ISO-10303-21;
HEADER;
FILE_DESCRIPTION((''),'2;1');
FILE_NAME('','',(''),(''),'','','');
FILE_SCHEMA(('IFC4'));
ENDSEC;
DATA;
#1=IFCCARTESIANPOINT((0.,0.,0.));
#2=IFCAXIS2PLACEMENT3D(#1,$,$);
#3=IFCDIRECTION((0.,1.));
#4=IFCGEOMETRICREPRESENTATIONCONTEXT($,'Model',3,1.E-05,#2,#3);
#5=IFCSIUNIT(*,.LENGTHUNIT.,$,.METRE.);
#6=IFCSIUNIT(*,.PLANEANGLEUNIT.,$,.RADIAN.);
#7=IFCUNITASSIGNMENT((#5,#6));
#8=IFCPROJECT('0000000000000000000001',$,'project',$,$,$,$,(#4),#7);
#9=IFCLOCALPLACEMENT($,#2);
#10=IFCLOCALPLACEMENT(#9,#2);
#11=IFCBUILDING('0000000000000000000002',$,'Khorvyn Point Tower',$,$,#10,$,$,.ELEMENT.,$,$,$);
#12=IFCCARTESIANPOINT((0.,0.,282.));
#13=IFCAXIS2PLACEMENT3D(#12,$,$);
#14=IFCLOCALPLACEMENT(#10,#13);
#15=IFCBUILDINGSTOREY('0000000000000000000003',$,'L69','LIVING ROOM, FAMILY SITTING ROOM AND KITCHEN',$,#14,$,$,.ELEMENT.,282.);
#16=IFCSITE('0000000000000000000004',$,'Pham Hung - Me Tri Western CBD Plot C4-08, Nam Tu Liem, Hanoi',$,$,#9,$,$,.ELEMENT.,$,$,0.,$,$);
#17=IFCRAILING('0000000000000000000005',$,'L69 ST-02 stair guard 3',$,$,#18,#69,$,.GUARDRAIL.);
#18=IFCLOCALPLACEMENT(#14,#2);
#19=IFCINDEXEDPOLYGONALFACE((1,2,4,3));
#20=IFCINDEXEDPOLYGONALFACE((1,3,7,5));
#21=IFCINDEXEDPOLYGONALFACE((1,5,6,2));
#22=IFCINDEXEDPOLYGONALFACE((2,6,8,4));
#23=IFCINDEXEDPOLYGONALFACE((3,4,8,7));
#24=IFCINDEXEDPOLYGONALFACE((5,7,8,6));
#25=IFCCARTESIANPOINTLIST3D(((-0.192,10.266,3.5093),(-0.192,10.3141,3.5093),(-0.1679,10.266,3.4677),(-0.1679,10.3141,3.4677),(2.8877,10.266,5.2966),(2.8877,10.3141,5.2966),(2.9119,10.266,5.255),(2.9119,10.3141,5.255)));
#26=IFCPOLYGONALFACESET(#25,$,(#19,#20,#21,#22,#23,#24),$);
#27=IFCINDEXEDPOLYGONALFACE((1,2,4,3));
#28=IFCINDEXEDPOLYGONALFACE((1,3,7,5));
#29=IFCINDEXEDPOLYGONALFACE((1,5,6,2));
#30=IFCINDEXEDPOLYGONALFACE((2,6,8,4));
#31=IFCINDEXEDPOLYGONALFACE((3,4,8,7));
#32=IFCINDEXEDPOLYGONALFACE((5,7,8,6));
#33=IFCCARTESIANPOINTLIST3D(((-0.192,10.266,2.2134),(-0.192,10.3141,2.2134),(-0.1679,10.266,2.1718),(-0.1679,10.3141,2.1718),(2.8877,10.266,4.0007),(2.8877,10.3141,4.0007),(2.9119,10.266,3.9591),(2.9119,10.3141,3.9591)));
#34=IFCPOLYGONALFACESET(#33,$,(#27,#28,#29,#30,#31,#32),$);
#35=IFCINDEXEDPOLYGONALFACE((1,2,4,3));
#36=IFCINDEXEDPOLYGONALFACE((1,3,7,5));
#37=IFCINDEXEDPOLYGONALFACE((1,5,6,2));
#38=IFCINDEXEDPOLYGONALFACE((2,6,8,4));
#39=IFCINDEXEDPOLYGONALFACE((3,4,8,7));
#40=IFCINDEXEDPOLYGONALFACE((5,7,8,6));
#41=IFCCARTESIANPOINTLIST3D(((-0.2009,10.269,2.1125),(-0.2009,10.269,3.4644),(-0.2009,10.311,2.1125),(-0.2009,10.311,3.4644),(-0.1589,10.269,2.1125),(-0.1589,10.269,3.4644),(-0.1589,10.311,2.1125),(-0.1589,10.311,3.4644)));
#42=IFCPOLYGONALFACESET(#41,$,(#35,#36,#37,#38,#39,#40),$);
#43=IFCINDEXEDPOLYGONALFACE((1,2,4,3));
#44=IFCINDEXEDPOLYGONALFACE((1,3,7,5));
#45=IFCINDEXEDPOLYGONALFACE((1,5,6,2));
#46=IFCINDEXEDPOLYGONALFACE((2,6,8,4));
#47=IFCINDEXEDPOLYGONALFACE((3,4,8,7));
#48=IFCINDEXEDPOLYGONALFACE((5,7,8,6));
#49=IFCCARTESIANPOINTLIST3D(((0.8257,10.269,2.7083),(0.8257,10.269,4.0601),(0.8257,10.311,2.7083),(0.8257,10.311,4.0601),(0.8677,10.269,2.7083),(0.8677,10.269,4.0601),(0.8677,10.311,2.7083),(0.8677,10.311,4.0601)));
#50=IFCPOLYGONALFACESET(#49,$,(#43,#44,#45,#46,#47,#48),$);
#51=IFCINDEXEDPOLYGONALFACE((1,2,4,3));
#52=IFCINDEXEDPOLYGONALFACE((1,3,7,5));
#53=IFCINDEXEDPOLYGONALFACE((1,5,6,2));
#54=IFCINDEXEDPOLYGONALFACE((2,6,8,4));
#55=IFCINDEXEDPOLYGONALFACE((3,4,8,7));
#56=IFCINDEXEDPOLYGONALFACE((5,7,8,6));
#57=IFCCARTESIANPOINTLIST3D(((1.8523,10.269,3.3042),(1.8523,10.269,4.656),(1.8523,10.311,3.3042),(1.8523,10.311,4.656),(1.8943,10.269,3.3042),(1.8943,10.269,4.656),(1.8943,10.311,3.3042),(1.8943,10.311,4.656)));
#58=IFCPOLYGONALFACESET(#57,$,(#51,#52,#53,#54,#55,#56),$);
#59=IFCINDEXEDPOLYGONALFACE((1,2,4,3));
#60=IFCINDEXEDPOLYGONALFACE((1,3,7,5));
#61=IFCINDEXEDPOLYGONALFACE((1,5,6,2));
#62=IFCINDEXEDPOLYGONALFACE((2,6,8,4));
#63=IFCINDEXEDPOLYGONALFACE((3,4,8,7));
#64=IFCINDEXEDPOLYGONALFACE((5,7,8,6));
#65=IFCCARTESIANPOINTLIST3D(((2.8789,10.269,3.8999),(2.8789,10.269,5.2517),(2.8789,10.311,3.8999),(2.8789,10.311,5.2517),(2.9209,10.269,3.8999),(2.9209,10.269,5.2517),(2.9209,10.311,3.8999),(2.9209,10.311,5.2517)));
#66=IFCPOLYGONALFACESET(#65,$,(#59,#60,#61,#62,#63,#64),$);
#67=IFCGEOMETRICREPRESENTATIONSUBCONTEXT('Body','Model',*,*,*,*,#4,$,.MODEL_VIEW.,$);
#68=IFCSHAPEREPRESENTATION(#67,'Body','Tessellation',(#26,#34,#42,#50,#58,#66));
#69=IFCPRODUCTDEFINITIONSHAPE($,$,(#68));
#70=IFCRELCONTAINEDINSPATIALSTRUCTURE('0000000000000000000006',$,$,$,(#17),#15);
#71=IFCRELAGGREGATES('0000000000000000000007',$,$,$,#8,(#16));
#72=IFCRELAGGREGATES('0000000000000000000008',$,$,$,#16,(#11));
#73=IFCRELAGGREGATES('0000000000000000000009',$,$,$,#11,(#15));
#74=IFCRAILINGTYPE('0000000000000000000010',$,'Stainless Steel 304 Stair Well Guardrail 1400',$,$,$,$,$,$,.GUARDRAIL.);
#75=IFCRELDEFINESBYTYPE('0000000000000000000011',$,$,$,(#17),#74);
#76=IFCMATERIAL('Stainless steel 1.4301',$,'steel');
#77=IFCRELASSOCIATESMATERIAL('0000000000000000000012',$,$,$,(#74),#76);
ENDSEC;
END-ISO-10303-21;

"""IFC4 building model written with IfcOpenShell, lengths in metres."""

from ifc_helpers import new_model, si_unit, direction, frame, origin, origin_2d, place, context, subcontext, project, spatial, rectangle, extrude, material, type_object, element, save


model = new_model("IFC4")

# Units and contexts
model_context = context("Model", 3, precision=1e-05, world=origin(), true_north=direction((0.0, 1.0)))
body_context = subcontext(model_context, "Body", "Model", "MODEL_VIEW")
ifc_project = project(units=[si_unit("LENGTHUNIT", "METRE"), si_unit("PLANEANGLEUNIT", "RADIAN")], contexts=[model_context])

# Site, building, storey
site_placement = place(None, origin())
site = spatial("IfcSite", under=ifc_project, at=site_placement, Name="Pham Hung - Me Tri Western CBD Plot C4-08, Nam Tu Liem, Hanoi", CompositionType="ELEMENT", RefElevation=0.0)
building_placement = place(site_placement, origin())
building = spatial("IfcBuilding", under=site, at=building_placement, Name="Khorvyn Point Tower", CompositionType="ELEMENT")
storey_placement = place(building_placement, frame((0.0, 0.0, 282.0)))
storey = spatial("IfcBuildingStorey", under=building, at=storey_placement, Name="L69", Description="LIVING ROOM, FAMILY SITTING ROOM AND KITCHEN", CompositionType="ELEMENT", Elevation=282.0)

# Railing
ifc_material_1 = material(Name="Stainless steel 1.4301", Category="steel")
railing_type_1 = type_object("IfcRailingType", Name="Stainless Steel 304 Stair Well Guardrail 1400", PredefinedType="GUARDRAIL", material=ifc_material_1)
railing_1_placement = place(storey_placement, frame((-0.1799, 10.29, 2.1125)))
element("IfcRailing", 1, at=railing_1_placement, inside=storey, type_object=railing_type_1, Name="L69 ST-02 stair guard 3", PredefinedType="GUARDRAIL", context=body_context, shape_type="SweptSolid", body=[
    extrude(rectangle(XDim=0.0481, YDim=0.0481, at=origin_2d()), frame((0.0, 0.0, 1.376), z_axis=(0.864903, 0.0, 0.501939), x_axis=(0.0, 1.0, 0.0)), (0.0, 0.0, 1.0), 3.5608),
    extrude(rectangle(XDim=0.0481, YDim=0.0481, at=origin_2d()), frame((0.0, 0.0, 0.0801), z_axis=(0.864903, 0.0, 0.501939), x_axis=(0.0, 1.0, 0.0)), (0.0, 0.0, 1.0), 3.5608),
    extrude(rectangle(XDim=0.042, YDim=0.042, at=origin_2d()), origin(), (0.0, 0.0, 1.0), 1.3518),
    extrude(rectangle(XDim=0.042, YDim=0.042, at=origin_2d()), frame((1.0266, 0.0, 0.5957)), (0.0, 0.0, 1.0), 1.3518),
    extrude(rectangle(XDim=0.042, YDim=0.042, at=origin_2d()), frame((2.0532, 0.0, 1.1917)), (0.0, 0.0, 1.0), 1.3518),
    extrude(rectangle(XDim=0.042, YDim=0.042, at=origin_2d()), frame((3.0798, 0.0, 1.7874)), (0.0, 0.0, 1.0), 1.3518),
])

save(model, "model.ifc")
